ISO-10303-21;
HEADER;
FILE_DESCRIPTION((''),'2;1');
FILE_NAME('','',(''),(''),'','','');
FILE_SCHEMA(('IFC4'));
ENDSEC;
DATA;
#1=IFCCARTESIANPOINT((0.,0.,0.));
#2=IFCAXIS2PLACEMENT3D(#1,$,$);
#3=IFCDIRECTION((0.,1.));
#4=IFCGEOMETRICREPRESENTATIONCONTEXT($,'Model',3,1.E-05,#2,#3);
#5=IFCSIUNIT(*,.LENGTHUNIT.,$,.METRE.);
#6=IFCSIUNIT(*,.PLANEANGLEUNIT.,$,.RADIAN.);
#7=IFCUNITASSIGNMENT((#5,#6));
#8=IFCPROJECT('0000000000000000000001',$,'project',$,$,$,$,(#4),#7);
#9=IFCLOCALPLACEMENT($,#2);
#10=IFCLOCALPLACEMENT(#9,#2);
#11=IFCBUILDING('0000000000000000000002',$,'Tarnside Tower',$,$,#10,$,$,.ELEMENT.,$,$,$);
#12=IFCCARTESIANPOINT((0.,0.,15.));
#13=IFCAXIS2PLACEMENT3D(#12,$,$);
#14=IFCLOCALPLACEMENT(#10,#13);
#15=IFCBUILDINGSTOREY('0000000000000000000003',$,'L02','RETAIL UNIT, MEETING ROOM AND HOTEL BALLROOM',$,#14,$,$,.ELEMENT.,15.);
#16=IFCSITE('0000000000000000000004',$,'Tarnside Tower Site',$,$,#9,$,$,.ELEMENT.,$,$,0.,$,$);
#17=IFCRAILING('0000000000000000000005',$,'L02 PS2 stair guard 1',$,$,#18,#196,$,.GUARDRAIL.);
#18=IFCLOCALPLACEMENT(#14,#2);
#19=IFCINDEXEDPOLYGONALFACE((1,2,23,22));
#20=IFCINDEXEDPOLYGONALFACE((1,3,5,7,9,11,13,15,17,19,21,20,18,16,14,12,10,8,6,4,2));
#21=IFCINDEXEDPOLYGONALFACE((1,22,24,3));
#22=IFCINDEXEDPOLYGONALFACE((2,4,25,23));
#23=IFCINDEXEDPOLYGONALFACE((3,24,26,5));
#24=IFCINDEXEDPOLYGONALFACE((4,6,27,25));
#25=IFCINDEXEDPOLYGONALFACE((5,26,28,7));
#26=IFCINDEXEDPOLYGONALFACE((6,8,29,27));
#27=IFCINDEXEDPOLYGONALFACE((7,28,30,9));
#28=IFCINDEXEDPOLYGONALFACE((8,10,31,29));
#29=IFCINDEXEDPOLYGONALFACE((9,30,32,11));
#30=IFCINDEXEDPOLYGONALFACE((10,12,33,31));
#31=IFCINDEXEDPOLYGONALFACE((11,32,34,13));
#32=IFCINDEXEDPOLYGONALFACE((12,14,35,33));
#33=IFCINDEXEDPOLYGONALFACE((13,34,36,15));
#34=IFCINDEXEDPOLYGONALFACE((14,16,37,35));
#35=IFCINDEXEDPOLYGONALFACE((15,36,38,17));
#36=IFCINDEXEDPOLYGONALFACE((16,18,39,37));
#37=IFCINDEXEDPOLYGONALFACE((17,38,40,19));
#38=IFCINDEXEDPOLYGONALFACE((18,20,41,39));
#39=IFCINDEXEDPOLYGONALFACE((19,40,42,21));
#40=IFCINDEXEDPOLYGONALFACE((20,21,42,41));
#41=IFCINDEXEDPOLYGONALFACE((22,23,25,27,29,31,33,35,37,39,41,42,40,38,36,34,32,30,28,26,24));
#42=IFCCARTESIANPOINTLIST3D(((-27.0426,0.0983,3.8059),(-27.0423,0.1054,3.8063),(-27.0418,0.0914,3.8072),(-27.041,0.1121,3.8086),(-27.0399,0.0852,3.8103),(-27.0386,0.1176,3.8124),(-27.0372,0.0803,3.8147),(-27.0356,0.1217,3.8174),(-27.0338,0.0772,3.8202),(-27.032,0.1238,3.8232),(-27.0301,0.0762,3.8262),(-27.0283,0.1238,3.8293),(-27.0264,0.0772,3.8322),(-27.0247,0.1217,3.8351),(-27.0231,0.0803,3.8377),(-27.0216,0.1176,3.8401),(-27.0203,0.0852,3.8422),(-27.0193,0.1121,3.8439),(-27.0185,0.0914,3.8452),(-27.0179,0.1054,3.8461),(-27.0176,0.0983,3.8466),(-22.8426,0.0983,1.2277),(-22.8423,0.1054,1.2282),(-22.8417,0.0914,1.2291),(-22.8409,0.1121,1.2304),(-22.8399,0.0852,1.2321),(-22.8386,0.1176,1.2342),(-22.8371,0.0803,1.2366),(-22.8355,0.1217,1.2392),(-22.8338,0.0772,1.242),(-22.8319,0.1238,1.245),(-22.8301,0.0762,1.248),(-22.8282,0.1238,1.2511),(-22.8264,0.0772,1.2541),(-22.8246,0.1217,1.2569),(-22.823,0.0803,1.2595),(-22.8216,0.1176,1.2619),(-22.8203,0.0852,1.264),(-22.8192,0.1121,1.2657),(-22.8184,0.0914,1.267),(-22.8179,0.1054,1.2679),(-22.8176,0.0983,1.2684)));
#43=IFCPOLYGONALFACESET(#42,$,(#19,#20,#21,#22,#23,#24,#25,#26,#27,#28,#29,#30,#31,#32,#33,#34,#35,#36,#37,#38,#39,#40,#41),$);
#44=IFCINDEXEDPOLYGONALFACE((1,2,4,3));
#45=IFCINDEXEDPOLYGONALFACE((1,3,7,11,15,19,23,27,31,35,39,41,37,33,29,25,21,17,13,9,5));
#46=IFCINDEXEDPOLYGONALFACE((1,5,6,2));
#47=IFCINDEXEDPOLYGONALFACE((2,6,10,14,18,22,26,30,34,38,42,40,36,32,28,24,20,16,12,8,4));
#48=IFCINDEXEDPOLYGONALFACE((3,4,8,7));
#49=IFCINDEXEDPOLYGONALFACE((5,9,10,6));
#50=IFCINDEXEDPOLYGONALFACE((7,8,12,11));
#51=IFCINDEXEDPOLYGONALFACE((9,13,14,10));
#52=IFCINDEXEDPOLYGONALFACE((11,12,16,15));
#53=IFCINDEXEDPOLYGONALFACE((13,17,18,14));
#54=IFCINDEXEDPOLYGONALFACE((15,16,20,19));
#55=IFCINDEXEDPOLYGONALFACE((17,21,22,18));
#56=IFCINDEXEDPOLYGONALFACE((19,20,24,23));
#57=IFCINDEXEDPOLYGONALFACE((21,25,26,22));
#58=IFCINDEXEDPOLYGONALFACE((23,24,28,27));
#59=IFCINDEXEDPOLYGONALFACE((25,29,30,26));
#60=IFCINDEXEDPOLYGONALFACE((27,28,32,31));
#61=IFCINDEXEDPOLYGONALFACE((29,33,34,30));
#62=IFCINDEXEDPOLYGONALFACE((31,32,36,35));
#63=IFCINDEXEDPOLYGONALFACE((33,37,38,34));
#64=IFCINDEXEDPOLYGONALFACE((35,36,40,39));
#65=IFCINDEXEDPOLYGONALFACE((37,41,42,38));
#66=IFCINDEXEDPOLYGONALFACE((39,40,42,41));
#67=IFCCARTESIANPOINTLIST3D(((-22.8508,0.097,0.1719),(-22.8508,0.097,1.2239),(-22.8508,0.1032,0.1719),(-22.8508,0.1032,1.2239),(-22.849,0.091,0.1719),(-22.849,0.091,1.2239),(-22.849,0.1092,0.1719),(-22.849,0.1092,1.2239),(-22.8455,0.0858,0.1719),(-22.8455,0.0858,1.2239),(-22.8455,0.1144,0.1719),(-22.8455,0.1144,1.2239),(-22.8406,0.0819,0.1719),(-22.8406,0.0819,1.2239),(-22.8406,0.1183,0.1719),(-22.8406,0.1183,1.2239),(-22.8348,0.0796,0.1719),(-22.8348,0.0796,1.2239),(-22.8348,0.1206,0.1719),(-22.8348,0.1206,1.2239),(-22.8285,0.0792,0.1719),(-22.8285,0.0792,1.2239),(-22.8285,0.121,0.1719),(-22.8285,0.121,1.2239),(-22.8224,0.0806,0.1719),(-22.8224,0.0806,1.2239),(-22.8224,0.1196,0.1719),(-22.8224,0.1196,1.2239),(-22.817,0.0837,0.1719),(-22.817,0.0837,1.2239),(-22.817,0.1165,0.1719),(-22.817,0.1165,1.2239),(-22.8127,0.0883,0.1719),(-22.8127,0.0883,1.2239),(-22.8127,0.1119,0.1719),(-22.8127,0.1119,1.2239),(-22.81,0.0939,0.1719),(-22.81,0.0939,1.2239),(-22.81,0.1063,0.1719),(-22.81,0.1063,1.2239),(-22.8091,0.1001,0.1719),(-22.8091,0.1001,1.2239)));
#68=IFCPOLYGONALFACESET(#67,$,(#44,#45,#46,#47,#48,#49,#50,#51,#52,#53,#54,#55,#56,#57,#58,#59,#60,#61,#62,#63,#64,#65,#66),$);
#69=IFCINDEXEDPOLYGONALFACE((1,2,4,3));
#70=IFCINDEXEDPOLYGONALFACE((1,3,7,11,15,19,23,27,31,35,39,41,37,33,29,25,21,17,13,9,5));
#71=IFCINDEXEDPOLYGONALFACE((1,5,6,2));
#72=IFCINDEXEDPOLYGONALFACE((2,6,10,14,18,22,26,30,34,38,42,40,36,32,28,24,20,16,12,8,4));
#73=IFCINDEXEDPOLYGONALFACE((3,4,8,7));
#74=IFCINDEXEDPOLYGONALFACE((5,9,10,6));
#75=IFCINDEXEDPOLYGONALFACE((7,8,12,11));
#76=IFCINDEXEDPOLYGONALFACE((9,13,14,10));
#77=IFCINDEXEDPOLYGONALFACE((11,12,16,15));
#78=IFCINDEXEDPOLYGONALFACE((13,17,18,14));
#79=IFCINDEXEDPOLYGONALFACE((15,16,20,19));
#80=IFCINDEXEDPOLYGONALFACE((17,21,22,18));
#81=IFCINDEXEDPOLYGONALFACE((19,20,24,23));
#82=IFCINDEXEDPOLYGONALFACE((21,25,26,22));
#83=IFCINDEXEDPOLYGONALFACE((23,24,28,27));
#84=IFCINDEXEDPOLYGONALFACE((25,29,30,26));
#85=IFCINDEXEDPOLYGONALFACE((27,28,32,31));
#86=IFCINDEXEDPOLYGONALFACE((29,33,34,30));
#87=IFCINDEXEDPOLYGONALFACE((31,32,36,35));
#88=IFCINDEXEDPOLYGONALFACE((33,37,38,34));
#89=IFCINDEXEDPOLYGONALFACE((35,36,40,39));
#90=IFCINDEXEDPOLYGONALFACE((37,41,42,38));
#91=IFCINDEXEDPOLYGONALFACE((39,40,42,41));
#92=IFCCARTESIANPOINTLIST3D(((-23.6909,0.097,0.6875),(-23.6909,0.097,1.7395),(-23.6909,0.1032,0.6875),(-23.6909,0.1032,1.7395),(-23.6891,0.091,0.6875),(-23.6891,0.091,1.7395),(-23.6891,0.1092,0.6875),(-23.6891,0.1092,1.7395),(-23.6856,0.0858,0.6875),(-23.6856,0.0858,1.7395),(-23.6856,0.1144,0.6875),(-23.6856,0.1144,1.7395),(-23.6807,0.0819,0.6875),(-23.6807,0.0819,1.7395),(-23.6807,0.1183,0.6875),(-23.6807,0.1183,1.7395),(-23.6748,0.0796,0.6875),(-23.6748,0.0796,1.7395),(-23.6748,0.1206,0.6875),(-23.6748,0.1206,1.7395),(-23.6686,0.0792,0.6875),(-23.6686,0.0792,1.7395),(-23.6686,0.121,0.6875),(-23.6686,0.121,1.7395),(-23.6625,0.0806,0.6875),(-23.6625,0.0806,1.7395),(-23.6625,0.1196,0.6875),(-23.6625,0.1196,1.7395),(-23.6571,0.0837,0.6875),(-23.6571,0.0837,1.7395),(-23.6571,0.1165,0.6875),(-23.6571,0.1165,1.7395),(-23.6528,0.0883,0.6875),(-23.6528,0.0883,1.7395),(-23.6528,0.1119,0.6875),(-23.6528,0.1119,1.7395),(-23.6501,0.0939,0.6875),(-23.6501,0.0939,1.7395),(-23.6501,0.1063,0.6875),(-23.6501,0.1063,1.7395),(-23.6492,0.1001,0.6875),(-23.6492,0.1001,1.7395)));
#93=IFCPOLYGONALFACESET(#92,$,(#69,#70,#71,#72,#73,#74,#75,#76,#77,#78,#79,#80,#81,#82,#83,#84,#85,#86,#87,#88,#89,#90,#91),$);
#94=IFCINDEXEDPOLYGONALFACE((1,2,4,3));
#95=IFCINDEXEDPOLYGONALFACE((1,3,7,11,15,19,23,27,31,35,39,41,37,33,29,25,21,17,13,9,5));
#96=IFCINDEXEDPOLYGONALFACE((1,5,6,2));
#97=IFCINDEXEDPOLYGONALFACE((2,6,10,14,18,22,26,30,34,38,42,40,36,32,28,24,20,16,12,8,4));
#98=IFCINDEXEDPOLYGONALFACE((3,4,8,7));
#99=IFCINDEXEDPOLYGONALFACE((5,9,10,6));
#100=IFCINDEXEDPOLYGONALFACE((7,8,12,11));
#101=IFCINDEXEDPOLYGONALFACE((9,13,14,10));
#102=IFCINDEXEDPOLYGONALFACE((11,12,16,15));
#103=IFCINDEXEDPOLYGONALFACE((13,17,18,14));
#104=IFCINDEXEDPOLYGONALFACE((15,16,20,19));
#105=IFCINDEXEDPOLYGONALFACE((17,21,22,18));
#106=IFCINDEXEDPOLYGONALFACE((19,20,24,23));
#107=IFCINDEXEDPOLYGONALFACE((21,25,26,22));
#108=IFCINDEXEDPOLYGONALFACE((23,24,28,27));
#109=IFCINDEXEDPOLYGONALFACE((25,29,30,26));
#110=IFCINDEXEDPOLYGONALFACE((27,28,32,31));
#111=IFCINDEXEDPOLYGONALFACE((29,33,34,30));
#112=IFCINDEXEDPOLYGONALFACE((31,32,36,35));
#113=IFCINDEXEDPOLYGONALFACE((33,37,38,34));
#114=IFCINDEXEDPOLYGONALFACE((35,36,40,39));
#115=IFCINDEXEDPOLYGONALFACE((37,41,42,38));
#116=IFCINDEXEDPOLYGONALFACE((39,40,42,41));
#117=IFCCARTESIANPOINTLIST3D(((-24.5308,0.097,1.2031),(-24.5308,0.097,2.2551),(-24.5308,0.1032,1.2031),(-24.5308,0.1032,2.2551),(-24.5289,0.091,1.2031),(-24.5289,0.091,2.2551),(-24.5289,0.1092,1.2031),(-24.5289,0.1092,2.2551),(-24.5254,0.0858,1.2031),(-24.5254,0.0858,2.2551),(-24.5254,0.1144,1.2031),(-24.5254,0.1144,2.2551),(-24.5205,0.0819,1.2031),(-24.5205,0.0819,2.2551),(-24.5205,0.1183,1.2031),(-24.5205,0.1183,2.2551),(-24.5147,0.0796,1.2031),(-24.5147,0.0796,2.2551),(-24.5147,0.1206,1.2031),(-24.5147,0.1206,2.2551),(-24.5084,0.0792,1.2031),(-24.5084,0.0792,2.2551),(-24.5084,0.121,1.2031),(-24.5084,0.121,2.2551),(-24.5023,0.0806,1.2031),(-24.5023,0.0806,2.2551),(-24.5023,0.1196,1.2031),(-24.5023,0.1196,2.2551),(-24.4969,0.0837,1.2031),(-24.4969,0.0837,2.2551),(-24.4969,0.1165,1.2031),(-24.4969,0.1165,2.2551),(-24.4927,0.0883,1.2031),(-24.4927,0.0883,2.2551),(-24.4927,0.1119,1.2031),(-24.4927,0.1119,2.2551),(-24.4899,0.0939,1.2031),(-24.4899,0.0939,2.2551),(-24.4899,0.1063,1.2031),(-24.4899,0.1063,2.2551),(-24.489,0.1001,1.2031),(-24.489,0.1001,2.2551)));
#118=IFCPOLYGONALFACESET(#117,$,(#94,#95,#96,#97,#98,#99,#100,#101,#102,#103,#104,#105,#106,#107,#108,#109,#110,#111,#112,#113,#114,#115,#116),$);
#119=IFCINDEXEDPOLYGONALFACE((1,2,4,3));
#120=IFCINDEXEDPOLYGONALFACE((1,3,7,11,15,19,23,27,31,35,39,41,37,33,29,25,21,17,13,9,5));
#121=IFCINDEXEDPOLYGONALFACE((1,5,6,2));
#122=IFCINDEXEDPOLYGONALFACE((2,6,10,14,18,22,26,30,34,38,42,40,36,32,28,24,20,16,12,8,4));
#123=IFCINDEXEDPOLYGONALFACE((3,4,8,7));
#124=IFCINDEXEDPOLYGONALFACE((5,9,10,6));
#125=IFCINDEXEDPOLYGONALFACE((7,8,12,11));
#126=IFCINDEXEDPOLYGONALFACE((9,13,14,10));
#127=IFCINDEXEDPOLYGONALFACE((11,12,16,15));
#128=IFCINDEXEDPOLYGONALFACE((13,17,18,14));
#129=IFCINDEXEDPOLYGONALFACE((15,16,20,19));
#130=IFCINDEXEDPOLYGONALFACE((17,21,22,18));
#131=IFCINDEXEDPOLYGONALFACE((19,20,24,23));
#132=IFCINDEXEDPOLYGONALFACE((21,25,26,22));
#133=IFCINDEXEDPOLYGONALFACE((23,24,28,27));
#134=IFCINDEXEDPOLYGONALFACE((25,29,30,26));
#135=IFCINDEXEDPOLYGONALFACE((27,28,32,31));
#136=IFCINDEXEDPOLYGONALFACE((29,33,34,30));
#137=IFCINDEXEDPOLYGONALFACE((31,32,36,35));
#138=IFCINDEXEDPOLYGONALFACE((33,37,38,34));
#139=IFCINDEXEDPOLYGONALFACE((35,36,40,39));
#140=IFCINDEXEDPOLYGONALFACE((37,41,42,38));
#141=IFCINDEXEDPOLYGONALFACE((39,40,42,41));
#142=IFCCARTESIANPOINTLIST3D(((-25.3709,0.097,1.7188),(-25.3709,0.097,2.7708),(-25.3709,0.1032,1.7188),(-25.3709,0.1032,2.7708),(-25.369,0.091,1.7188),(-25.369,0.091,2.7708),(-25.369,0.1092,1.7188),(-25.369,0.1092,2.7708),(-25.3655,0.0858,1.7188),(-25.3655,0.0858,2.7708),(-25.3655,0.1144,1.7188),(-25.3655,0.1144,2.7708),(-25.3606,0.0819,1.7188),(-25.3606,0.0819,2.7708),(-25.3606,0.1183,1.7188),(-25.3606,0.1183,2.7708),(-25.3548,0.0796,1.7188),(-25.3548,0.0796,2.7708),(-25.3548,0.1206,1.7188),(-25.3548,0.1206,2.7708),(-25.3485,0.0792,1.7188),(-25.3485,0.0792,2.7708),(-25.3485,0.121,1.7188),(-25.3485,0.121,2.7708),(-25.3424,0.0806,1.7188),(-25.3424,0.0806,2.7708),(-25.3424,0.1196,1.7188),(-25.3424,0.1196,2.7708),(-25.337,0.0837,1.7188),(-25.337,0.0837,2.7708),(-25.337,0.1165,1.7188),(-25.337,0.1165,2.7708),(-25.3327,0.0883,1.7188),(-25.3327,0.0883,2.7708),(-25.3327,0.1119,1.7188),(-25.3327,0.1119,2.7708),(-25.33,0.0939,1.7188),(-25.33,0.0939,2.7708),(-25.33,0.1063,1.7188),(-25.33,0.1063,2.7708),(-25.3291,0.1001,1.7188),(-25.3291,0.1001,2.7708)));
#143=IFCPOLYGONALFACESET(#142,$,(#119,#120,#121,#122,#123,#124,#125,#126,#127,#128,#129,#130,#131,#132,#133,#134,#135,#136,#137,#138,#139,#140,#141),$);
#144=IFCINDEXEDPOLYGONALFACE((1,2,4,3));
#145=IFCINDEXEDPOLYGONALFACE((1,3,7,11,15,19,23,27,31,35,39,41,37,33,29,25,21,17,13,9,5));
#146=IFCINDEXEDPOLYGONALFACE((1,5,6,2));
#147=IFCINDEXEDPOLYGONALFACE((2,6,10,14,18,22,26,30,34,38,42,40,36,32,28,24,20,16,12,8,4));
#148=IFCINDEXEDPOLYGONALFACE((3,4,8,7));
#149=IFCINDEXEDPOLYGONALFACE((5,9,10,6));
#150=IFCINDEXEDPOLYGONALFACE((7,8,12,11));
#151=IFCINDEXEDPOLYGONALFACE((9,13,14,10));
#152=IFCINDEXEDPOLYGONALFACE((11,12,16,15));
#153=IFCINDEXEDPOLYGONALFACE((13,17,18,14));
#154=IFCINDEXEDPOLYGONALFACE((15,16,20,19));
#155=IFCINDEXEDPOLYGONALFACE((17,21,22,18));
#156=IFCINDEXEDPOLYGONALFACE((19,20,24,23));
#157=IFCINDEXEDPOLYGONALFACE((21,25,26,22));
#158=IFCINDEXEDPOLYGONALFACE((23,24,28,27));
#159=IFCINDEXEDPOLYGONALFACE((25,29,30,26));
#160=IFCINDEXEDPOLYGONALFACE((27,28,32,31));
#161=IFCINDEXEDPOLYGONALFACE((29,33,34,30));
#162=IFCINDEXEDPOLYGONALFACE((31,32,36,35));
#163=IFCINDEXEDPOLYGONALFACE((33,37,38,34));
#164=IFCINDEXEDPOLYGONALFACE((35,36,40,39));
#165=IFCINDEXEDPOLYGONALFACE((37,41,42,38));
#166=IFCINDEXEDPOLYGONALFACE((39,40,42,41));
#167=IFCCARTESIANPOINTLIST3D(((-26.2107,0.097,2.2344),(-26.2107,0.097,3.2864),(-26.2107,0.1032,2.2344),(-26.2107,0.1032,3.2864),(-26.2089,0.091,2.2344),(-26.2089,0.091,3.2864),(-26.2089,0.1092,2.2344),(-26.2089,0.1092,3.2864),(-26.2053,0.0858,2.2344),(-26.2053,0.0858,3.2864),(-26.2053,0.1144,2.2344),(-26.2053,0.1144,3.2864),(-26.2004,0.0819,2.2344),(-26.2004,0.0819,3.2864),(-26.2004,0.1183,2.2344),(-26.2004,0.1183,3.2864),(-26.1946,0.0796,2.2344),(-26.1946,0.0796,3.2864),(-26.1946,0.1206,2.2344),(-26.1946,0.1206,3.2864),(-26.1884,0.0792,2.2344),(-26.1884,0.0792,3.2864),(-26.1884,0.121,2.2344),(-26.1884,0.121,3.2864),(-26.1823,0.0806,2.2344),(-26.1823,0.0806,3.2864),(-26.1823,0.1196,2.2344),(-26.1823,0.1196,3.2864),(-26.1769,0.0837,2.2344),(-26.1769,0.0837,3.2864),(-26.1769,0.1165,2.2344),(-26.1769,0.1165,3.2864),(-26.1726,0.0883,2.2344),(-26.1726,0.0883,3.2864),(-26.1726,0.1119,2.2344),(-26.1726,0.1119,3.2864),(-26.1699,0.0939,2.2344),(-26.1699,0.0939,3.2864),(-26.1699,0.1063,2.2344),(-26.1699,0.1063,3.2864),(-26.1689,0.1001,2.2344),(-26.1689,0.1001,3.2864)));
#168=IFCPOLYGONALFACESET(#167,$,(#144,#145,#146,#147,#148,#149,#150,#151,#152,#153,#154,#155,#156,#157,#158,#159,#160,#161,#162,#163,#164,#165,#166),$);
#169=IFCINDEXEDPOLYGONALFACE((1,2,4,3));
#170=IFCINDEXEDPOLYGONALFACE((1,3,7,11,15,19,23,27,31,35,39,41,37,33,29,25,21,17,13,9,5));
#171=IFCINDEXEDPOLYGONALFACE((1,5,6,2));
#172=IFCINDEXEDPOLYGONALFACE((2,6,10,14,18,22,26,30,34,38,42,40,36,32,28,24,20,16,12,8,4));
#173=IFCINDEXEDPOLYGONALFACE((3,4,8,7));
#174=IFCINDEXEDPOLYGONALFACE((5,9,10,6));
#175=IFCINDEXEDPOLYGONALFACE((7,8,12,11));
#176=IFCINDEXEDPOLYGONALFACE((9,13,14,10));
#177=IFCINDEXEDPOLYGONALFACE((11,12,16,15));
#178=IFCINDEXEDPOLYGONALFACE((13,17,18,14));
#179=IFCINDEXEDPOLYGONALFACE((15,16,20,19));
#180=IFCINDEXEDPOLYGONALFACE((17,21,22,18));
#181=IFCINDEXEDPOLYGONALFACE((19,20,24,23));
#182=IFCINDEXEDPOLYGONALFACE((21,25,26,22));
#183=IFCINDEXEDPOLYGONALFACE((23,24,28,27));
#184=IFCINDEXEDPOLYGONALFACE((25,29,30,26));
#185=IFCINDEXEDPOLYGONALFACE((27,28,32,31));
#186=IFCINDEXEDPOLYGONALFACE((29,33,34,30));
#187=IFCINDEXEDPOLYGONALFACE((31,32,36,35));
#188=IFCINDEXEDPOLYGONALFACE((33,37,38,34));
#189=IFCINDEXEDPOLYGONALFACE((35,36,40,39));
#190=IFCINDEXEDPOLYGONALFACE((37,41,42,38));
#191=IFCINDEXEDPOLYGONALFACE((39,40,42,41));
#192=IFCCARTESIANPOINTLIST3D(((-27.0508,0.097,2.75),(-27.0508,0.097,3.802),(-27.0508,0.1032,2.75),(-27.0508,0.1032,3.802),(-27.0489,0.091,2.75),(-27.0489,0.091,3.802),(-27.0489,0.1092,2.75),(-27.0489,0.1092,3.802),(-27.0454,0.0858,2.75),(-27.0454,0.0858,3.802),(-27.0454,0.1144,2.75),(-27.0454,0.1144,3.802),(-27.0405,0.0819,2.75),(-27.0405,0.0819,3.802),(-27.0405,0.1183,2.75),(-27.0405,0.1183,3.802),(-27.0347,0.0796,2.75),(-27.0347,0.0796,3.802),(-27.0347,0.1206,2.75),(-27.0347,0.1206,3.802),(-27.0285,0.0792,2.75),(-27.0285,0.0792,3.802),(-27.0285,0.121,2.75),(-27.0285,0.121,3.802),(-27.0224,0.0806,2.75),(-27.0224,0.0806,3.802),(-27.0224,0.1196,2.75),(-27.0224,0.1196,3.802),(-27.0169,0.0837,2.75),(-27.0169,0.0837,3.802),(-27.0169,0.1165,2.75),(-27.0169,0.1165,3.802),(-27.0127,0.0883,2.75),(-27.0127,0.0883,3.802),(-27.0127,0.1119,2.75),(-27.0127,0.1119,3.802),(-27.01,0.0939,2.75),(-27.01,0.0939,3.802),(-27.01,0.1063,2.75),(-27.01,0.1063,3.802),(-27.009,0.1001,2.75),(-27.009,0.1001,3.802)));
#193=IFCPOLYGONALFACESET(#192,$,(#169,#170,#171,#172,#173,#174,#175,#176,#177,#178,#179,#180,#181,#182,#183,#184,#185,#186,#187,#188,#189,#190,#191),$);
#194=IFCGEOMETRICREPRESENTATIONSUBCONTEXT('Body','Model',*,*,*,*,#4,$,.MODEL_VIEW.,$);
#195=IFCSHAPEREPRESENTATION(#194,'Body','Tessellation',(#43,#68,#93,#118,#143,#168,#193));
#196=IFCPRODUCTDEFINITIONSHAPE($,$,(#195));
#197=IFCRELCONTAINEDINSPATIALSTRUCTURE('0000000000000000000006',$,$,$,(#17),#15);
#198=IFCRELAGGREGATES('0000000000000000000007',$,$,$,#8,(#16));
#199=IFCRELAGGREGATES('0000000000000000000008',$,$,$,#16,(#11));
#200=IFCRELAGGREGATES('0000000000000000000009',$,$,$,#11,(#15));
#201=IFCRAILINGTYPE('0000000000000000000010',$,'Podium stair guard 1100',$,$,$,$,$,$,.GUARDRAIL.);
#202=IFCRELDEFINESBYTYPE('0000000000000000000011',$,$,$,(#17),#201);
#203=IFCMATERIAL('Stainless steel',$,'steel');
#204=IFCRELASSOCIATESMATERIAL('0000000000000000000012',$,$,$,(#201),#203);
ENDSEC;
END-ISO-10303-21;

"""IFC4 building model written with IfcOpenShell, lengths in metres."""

from ifc_helpers import new_model, si_unit, direction, frame, origin, origin_2d, place, context, subcontext, project, spatial, circle, extrude, material, type_object, element, save


model = new_model("IFC4")

# Units and contexts
model_context = context("Model", 3, precision=1e-05, world=origin(), true_north=direction((0.0, 1.0)))
body_context = subcontext(model_context, "Body", "Model", "MODEL_VIEW")
ifc_project = project(units=[si_unit("LENGTHUNIT", "METRE"), si_unit("PLANEANGLEUNIT", "RADIAN")], contexts=[model_context])

# Site, building, storey
site_placement = place(None, origin())
site = spatial("IfcSite", under=ifc_project, at=site_placement, Name="Tarnside Tower Site", CompositionType="ELEMENT", RefElevation=0.0)
building_placement = place(site_placement, origin())
building = spatial("IfcBuilding", under=site, at=building_placement, Name="Tarnside Tower", CompositionType="ELEMENT")
storey_placement = place(building_placement, frame((0.0, 0.0, 15.0)))
storey = spatial("IfcBuildingStorey", under=building, at=storey_placement, Name="L02", Description="RETAIL UNIT, MEETING ROOM AND HOTEL BALLROOM", CompositionType="ELEMENT", Elevation=15.0)

# Railing
ifc_material_1 = material(Name="Stainless steel", Category="steel")
railing_type_1 = type_object("IfcRailingType", Name="Podium stair guard 1100", PredefinedType="GUARDRAIL", material=ifc_material_1)
railing_1_placement = place(storey_placement, frame((-22.8301, 0.1001, 0.1719)))
element("IfcRailing", 1, at=railing_1_placement, inside=storey, type_object=railing_type_1, Name="L02 PS2 stair guard 1", PredefinedType="GUARDRAIL", context=body_context, shape_type="SweptSolid", body=[
    extrude(circle(Radius=0.0239, at=origin_2d()), frame((0.0, 0.0, 1.0762), z_axis=(-0.852243, 0.0, 0.523146), x_axis=(0.0, -1.0, 0.0)), (0.0, 0.0, 1.0), 4.9282),
    extrude(circle(Radius=0.021, at=origin_2d()), origin(), (0.0, 0.0, 1.0), 1.052),
    extrude(circle(Radius=0.021, at=origin_2d()), frame((-0.8401, 0.0, 0.5156)), (0.0, 0.0, 1.0), 1.052),
    extrude(circle(Radius=0.021, at=origin_2d()), frame((-1.6799, 0.0, 1.0312)), (0.0, 0.0, 1.0), 1.052),
    extrude(circle(Radius=0.021, at=origin_2d()), frame((-2.52, 0.0, 1.5469)), (0.0, 0.0, 1.0), 1.052),
    extrude(circle(Radius=0.021, at=origin_2d()), frame((-3.3599, 0.0, 2.0625)), (0.0, 0.0, 1.0), 1.052),
    extrude(circle(Radius=0.021, at=origin_2d()), frame((-4.2, 0.0, 2.5781)), (0.0, 0.0, 1.0), 1.052),
])

save(model, "model.ifc")
